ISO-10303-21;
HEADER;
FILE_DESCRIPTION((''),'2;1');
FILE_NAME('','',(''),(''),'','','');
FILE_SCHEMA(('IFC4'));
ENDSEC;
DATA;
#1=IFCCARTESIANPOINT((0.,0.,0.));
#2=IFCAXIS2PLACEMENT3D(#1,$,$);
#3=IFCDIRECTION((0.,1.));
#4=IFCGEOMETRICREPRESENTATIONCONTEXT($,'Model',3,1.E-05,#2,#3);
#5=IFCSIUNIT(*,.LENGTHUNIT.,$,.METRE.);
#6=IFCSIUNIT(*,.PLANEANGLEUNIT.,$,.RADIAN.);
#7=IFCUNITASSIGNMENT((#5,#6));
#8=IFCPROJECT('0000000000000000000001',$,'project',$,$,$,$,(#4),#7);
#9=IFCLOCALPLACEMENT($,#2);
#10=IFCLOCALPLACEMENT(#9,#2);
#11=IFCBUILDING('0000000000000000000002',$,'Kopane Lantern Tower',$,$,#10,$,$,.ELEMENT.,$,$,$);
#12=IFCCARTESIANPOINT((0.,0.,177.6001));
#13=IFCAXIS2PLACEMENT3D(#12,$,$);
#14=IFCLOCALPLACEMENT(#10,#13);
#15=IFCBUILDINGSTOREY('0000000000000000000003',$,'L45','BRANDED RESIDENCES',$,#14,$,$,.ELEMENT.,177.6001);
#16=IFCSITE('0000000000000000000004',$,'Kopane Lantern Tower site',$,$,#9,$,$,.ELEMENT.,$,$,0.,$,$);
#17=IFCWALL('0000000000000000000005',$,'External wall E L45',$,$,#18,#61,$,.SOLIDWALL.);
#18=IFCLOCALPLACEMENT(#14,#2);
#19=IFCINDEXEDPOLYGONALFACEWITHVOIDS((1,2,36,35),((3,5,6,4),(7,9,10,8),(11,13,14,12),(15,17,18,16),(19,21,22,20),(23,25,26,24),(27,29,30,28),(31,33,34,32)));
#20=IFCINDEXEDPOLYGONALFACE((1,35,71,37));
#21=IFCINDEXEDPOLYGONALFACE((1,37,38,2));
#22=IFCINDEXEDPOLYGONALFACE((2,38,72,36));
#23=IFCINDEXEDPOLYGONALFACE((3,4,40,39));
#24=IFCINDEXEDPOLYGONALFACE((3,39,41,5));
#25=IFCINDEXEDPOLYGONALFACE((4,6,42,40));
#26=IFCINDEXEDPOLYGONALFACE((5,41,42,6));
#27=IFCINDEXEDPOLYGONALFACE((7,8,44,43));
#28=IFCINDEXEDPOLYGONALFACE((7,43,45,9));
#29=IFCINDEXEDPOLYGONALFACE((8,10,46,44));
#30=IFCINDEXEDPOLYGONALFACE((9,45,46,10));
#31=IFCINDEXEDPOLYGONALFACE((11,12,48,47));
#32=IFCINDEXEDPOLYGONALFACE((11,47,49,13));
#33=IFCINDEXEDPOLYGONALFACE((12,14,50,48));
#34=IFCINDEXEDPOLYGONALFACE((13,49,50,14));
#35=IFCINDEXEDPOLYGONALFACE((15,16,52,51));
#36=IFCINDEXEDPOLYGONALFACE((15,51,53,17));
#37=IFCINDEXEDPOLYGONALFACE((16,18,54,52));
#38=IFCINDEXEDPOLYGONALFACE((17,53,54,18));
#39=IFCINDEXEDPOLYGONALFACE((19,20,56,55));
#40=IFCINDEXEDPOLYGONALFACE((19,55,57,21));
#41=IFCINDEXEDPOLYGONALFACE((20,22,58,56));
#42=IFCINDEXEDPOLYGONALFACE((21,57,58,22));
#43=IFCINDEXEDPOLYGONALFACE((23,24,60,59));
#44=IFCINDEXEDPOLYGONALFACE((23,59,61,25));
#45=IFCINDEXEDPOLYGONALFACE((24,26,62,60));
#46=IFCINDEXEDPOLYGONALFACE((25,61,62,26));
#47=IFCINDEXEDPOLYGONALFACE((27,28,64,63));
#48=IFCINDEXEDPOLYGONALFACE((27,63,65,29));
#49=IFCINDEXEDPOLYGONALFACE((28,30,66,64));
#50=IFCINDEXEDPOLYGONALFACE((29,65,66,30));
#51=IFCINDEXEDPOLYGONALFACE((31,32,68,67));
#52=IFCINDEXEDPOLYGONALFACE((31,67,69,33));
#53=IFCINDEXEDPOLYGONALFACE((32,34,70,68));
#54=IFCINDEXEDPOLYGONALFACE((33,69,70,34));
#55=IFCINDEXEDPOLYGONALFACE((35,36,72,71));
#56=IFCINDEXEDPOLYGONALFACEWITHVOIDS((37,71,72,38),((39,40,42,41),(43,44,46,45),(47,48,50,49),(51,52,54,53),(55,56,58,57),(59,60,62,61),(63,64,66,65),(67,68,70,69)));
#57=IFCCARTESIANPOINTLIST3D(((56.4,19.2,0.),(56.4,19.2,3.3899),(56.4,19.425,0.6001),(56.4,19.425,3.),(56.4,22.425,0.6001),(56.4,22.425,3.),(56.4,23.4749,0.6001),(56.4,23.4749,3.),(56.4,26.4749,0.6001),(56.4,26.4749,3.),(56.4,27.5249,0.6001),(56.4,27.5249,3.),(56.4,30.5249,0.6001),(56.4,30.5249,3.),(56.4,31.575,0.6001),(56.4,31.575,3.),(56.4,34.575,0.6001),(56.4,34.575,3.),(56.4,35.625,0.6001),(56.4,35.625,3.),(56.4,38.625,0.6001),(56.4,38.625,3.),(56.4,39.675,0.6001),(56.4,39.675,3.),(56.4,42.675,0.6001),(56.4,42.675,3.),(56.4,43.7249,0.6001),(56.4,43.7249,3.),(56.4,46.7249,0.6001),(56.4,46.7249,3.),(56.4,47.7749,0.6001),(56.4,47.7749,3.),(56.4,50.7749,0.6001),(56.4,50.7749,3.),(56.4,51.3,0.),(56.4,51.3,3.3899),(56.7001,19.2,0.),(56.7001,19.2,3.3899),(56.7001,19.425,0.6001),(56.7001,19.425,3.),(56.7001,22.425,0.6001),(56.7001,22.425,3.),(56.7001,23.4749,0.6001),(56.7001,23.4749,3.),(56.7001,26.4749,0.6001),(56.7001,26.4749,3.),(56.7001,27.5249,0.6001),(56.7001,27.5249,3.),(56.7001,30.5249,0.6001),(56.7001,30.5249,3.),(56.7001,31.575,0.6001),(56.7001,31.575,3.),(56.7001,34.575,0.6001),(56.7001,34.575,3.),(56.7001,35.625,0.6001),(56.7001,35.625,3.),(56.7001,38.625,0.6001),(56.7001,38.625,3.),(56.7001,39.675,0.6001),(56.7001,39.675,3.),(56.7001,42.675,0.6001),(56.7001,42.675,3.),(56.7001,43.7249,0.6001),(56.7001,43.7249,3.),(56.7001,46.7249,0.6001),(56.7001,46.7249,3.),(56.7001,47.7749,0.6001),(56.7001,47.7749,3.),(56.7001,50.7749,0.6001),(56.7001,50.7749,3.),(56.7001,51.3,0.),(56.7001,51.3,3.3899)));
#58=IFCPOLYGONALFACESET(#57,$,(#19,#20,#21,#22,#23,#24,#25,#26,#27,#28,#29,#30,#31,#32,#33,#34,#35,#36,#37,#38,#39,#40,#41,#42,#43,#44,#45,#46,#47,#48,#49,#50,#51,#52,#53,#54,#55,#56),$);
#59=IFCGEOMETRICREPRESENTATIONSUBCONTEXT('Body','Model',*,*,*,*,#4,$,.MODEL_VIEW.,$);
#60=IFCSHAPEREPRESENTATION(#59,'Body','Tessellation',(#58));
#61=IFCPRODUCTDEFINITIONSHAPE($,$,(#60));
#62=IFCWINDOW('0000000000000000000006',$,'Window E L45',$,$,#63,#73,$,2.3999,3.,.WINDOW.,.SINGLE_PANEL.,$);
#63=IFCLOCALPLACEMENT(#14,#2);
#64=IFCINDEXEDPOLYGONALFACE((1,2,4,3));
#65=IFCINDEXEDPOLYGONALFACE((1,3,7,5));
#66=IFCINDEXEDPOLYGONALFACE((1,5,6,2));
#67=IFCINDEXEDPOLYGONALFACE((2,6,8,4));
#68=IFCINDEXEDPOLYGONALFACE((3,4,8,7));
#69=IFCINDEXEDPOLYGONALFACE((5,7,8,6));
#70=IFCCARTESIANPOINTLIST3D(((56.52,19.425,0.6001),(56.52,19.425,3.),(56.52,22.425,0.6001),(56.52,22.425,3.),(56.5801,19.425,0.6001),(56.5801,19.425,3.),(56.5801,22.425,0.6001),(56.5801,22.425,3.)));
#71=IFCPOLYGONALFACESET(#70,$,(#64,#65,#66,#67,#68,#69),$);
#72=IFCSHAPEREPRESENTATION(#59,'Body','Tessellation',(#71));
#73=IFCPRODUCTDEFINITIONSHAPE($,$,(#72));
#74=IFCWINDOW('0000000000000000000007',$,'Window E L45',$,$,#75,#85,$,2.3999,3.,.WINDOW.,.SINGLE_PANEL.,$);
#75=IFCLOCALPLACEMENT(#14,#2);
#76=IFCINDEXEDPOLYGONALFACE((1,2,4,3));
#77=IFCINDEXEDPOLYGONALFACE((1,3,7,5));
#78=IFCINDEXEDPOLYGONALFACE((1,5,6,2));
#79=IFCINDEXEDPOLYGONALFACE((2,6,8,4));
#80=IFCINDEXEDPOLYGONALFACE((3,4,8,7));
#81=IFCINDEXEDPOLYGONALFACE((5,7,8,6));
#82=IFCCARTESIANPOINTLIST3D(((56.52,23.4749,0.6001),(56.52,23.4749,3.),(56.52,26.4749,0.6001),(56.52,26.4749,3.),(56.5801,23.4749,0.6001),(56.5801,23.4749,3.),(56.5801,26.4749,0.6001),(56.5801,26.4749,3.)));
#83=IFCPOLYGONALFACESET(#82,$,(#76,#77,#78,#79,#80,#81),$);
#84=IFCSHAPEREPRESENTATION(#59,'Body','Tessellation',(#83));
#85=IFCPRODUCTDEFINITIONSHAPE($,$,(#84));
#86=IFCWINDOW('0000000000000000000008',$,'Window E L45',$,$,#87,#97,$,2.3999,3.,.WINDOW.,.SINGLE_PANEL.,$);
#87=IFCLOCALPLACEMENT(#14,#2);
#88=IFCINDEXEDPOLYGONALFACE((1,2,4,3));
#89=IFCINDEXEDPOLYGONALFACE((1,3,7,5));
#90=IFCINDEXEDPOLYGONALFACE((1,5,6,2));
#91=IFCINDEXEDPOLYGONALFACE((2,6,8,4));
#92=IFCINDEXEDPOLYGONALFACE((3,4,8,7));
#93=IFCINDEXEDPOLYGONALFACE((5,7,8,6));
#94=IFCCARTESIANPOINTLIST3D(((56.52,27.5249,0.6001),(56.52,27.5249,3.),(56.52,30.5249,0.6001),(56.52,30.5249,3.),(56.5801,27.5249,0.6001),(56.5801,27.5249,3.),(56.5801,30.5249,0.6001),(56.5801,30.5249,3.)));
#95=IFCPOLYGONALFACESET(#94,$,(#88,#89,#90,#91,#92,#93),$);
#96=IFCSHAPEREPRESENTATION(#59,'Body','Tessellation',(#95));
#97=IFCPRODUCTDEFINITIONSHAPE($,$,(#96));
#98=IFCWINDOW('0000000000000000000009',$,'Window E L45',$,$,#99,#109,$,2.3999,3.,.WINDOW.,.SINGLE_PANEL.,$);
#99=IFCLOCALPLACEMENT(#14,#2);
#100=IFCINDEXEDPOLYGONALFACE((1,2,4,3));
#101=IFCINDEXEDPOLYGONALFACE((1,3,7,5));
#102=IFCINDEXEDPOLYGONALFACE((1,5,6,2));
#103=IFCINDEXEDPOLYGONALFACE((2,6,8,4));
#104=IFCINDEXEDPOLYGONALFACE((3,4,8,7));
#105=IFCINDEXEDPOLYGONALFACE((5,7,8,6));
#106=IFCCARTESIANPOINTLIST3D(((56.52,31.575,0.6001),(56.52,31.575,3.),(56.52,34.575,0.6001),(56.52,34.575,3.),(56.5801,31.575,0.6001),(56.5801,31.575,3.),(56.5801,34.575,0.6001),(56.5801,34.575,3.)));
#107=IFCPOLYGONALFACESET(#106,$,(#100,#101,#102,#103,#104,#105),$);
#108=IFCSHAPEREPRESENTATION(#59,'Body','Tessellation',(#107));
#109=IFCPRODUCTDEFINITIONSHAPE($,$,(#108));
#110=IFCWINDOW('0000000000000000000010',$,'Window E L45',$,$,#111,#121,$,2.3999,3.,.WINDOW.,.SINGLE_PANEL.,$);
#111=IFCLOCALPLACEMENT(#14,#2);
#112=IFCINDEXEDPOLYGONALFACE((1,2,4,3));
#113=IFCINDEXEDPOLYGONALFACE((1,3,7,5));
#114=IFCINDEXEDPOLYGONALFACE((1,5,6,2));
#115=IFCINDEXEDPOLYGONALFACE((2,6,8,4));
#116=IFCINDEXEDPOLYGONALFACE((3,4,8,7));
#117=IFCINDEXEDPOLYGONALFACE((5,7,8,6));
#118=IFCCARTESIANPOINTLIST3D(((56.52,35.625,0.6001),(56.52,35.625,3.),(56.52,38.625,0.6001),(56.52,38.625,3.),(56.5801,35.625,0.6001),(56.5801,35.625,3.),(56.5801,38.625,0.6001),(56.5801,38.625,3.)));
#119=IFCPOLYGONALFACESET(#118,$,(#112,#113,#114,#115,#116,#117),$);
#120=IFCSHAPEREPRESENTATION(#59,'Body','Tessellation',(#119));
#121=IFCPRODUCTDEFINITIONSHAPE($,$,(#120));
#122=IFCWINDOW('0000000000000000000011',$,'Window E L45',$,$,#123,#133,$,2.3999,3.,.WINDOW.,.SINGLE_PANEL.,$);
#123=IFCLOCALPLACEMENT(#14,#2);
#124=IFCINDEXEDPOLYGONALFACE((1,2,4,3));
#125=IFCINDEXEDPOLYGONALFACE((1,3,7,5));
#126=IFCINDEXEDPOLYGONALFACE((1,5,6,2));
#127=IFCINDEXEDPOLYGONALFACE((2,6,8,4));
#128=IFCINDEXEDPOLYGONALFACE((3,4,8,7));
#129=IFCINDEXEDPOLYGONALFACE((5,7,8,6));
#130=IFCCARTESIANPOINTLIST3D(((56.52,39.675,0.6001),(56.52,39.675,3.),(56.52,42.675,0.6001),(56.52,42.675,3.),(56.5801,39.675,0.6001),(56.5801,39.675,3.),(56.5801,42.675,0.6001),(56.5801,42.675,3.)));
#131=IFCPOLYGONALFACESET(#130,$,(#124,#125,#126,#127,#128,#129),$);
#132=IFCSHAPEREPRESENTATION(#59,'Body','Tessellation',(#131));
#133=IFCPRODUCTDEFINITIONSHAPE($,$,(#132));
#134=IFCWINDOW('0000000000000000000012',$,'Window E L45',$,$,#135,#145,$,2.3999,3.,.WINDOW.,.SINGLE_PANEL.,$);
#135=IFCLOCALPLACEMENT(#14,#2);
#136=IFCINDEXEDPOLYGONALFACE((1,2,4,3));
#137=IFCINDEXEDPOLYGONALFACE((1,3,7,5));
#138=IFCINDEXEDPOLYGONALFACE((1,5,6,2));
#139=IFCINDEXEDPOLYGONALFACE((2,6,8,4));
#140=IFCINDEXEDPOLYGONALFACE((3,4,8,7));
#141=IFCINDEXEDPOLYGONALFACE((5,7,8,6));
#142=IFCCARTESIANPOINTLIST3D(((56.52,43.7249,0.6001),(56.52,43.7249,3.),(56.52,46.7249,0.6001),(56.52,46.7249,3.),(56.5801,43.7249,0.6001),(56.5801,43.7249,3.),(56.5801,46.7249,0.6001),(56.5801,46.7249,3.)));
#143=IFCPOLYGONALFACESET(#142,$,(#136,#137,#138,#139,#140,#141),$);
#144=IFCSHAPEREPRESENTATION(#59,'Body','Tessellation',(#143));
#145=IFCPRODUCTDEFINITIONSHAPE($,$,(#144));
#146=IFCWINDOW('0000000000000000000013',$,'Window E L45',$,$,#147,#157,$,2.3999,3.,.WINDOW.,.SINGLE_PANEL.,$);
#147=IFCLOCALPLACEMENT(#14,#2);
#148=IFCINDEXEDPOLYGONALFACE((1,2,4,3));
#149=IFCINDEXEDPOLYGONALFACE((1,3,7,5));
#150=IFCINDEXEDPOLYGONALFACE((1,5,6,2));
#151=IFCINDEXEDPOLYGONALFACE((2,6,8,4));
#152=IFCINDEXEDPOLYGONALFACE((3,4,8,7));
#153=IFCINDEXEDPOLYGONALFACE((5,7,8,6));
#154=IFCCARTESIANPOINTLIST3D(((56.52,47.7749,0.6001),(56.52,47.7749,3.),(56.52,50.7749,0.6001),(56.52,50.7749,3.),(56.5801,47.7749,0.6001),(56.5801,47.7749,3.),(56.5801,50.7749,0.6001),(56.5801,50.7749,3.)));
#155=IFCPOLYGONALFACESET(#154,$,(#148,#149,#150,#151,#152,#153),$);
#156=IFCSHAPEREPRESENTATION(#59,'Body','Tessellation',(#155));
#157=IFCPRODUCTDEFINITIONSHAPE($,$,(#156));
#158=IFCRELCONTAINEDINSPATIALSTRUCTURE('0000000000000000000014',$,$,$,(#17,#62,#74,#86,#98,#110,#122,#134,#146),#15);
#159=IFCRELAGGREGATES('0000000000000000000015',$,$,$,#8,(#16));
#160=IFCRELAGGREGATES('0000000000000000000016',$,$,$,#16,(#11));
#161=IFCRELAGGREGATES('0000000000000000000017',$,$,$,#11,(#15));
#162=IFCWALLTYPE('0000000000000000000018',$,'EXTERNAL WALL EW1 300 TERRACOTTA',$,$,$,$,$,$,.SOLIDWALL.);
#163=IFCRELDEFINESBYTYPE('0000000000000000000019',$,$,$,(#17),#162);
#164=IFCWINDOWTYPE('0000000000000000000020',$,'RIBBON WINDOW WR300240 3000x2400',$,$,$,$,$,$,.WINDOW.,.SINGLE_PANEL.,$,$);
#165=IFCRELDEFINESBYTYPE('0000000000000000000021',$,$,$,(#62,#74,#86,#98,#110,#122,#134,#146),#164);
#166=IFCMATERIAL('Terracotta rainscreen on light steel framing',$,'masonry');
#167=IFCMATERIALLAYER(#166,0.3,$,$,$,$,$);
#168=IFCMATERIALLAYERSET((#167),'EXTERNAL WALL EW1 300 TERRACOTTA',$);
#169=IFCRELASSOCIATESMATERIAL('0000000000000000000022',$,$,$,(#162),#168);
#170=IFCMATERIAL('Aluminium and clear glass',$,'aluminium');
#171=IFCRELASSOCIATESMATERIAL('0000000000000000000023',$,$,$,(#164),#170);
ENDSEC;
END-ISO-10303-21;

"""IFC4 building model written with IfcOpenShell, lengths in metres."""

from ifc_helpers import new_model, si_unit, direction, frame, frame_2d, origin, place, context, subcontext, project, spatial, rectangle, extrude, material, layer, layer_set, type_object, element, fill, save


model = new_model("IFC4")

# Units and contexts
model_context = context("Model", 3, precision=1e-05, world=origin(), true_north=direction((0.0, 1.0)))
body_context = subcontext(model_context, "Body", "Model", "MODEL_VIEW")
ifc_project = project(units=[si_unit("LENGTHUNIT", "METRE"), si_unit("PLANEANGLEUNIT", "RADIAN")], contexts=[model_context])

# Site, building, storey
site_placement = place(None, origin())
site = spatial("IfcSite", under=ifc_project, at=site_placement, Name="Kopane Lantern Tower site", CompositionType="ELEMENT", RefElevation=0.0)
building_placement = place(site_placement, origin())
building = spatial("IfcBuilding", under=site, at=building_placement, Name="Kopane Lantern Tower", CompositionType="ELEMENT")
storey_placement = place(building_placement, frame((0.0, 0.0, 177.6001)))
storey = spatial("IfcBuildingStorey", under=building, at=storey_placement, Name="L45", Description="BRANDED RESIDENCES", CompositionType="ELEMENT", Elevation=177.6001)

# Shared definitions
ifc_material_1 = material(Name="Terracotta rainscreen on light steel framing", Category="masonry")
ifc_layer_1 = layer(ifc_material_1, 0.3)
ifc_layer_set_1 = layer_set([ifc_layer_1], Name="EXTERNAL WALL EW1 300 TERRACOTTA")
wall_type_1 = type_object("IfcWallType", Name="EXTERNAL WALL EW1 300 TERRACOTTA", PredefinedType="SOLIDWALL", material=ifc_layer_set_1)

# Wall, openings, windows
wall_1_placement = place(storey_placement, frame((56.55, 19.2, 0.0), z_axis=(0.0, 0.0, 1.0), x_axis=(0.0, 1.0, 0.0)))
wall_1 = element("IfcWall", 1, at=wall_1_placement, inside=storey, type_object=wall_type_1, Name="External wall E L45", PredefinedType="SOLIDWALL", context=body_context, shape_type="SweptSolid", body=[
    extrude(rectangle(XDim=32.1001, YDim=0.3, at=frame_2d((16.05, 0.0))), origin(), (0.0, 0.0, 1.0), 3.3899),
])
opening_1_placement = place(wall_1_placement, frame((0.2251, 0.0, 0.6001)))
opening_1 = element("IfcOpeningElement", 2, at=opening_1_placement, cuts=wall_1, PredefinedType="OPENING", context=body_context, shape_type="SweptSolid", body=[
    extrude(rectangle(XDim=3.0, YDim=2.3999, at=frame_2d((1.5, 1.2))), frame((0.0, 0.1599, 0.0), z_axis=(0.0, -1.0, 0.0), x_axis=(1.0, 0.0, 0.0)), (0.0, 0.0, 1.0), 0.3201),
])
opening_2_placement = place(wall_1_placement, frame((4.2749, 0.0, 0.6001)))
opening_2 = element("IfcOpeningElement", 3, at=opening_2_placement, cuts=wall_1, PredefinedType="OPENING", context=body_context, shape_type="SweptSolid", body=[
    extrude(rectangle(XDim=3.0, YDim=2.3999, at=frame_2d((1.5, 1.2))), frame((0.0, 0.1599, 0.0), z_axis=(0.0, -1.0, 0.0), x_axis=(1.0, 0.0, 0.0)), (0.0, 0.0, 1.0), 0.3201),
])
opening_3_placement = place(wall_1_placement, frame((8.325, 0.0, 0.6001)))
opening_3 = element("IfcOpeningElement", 4, at=opening_3_placement, cuts=wall_1, PredefinedType="OPENING", context=body_context, shape_type="SweptSolid", body=[
    extrude(rectangle(XDim=3.0, YDim=2.3999, at=frame_2d((1.5, 1.2))), frame((0.0, 0.1599, 0.0), z_axis=(0.0, -1.0, 0.0), x_axis=(1.0, 0.0, 0.0)), (0.0, 0.0, 1.0), 0.3201),
])
opening_4_placement = place(wall_1_placement, frame((12.375, 0.0, 0.6001)))
opening_4 = element("IfcOpeningElement", 5, at=opening_4_placement, cuts=wall_1, PredefinedType="OPENING", context=body_context, shape_type="SweptSolid", body=[
    extrude(rectangle(XDim=3.0, YDim=2.3999, at=frame_2d((1.5, 1.2))), frame((0.0, 0.1599, 0.0), z_axis=(0.0, -1.0, 0.0), x_axis=(1.0, 0.0, 0.0)), (0.0, 0.0, 1.0), 0.3201),
])
opening_5_placement = place(wall_1_placement, frame((16.425, 0.0, 0.6001)))
opening_5 = element("IfcOpeningElement", 6, at=opening_5_placement, cuts=wall_1, PredefinedType="OPENING", context=body_context, shape_type="SweptSolid", body=[
    extrude(rectangle(XDim=3.0, YDim=2.3999, at=frame_2d((1.5, 1.2))), frame((0.0, 0.1599, 0.0), z_axis=(0.0, -1.0, 0.0), x_axis=(1.0, 0.0, 0.0)), (0.0, 0.0, 1.0), 0.3201),
])
opening_6_placement = place(wall_1_placement, frame((20.4751, 0.0, 0.6001)))
opening_6 = element("IfcOpeningElement", 7, at=opening_6_placement, cuts=wall_1, PredefinedType="OPENING", context=body_context, shape_type="SweptSolid", body=[
    extrude(rectangle(XDim=3.0, YDim=2.3999, at=frame_2d((1.5, 1.2))), frame((0.0, 0.1599, 0.0), z_axis=(0.0, -1.0, 0.0), x_axis=(1.0, 0.0, 0.0)), (0.0, 0.0, 1.0), 0.3201),
])
opening_7_placement = place(wall_1_placement, frame((24.5249, 0.0, 0.6001)))
opening_7 = element("IfcOpeningElement", 8, at=opening_7_placement, cuts=wall_1, PredefinedType="OPENING", context=body_context, shape_type="SweptSolid", body=[
    extrude(rectangle(XDim=3.0, YDim=2.3999, at=frame_2d((1.5, 1.2))), frame((0.0, 0.1599, 0.0), z_axis=(0.0, -1.0, 0.0), x_axis=(1.0, 0.0, 0.0)), (0.0, 0.0, 1.0), 0.3201),
])
opening_8_placement = place(wall_1_placement, frame((28.575, 0.0, 0.6001)))
opening_8 = element("IfcOpeningElement", 9, at=opening_8_placement, cuts=wall_1, PredefinedType="OPENING", context=body_context, shape_type="SweptSolid", body=[
    extrude(rectangle(XDim=3.0, YDim=2.3999, at=frame_2d((1.5, 1.2))), frame((0.0, 0.1599, 0.0), z_axis=(0.0, -1.0, 0.0), x_axis=(1.0, 0.0, 0.0)), (0.0, 0.0, 1.0), 0.3201),
])
ifc_material_2 = material(Name="Aluminium and clear glass", Category="aluminium")
window_type_1 = type_object("IfcWindowType", Name="RIBBON WINDOW WR300240 3000x2400", PartitioningType="SINGLE_PANEL", PredefinedType="WINDOW", material=ifc_material_2)
window_1_placement = place(opening_1_placement, origin())
window_1 = element("IfcWindow", 10, at=window_1_placement, inside=storey, type_object=window_type_1, Name="Window E L45", OverallHeight=2.3999, OverallWidth=3.0, PartitioningType="SINGLE_PANEL", PredefinedType="WINDOW", context=body_context, shape_type="SweptSolid", body=[
    extrude(rectangle(XDim=3.0, YDim=2.3999, at=frame_2d((1.5, 1.2))), frame((0.0, 0.03, 0.0), z_axis=(0.0, -1.0, 0.0), x_axis=(1.0, 0.0, 0.0)), (0.0, 0.0, 1.0), 0.0601),
])
fill(opening_1, window_1)
window_2_placement = place(opening_2_placement, origin())
window_2 = element("IfcWindow", 11, at=window_2_placement, inside=storey, type_object=window_type_1, Name="Window E L45", OverallHeight=2.3999, OverallWidth=3.0, PartitioningType="SINGLE_PANEL", PredefinedType="WINDOW", context=body_context, shape_type="SweptSolid", body=[
    extrude(rectangle(XDim=3.0, YDim=2.3999, at=frame_2d((1.5, 1.2))), frame((0.0, 0.03, 0.0), z_axis=(0.0, -1.0, 0.0), x_axis=(1.0, 0.0, 0.0)), (0.0, 0.0, 1.0), 0.0601),
])
fill(opening_2, window_2)
window_3_placement = place(opening_3_placement, origin())
window_3 = element("IfcWindow", 12, at=window_3_placement, inside=storey, type_object=window_type_1, Name="Window E L45", OverallHeight=2.3999, OverallWidth=3.0, PartitioningType="SINGLE_PANEL", PredefinedType="WINDOW", context=body_context, shape_type="SweptSolid", body=[
    extrude(rectangle(XDim=3.0, YDim=2.3999, at=frame_2d((1.5, 1.2))), frame((0.0, 0.03, 0.0), z_axis=(0.0, -1.0, 0.0), x_axis=(1.0, 0.0, 0.0)), (0.0, 0.0, 1.0), 0.0601),
])
fill(opening_3, window_3)
window_4_placement = place(opening_4_placement, origin())
window_4 = element("IfcWindow", 13, at=window_4_placement, inside=storey, type_object=window_type_1, Name="Window E L45", OverallHeight=2.3999, OverallWidth=3.0, PartitioningType="SINGLE_PANEL", PredefinedType="WINDOW", context=body_context, shape_type="SweptSolid", body=[
    extrude(rectangle(XDim=3.0, YDim=2.3999, at=frame_2d((1.5, 1.2))), frame((0.0, 0.03, 0.0), z_axis=(0.0, -1.0, 0.0), x_axis=(1.0, 0.0, 0.0)), (0.0, 0.0, 1.0), 0.0601),
])
fill(opening_4, window_4)
window_5_placement = place(opening_5_placement, origin())
window_5 = element("IfcWindow", 14, at=window_5_placement, inside=storey, type_object=window_type_1, Name="Window E L45", OverallHeight=2.3999, OverallWidth=3.0, PartitioningType="SINGLE_PANEL", PredefinedType="WINDOW", context=body_context, shape_type="SweptSolid", body=[
    extrude(rectangle(XDim=3.0, YDim=2.3999, at=frame_2d((1.5, 1.2))), frame((0.0, 0.03, 0.0), z_axis=(0.0, -1.0, 0.0), x_axis=(1.0, 0.0, 0.0)), (0.0, 0.0, 1.0), 0.0601),
])
fill(opening_5, window_5)
window_6_placement = place(opening_6_placement, origin())
window_6 = element("IfcWindow", 15, at=window_6_placement, inside=storey, type_object=window_type_1, Name="Window E L45", OverallHeight=2.3999, OverallWidth=3.0, PartitioningType="SINGLE_PANEL", PredefinedType="WINDOW", context=body_context, shape_type="SweptSolid", body=[
    extrude(rectangle(XDim=3.0, YDim=2.3999, at=frame_2d((1.5, 1.2))), frame((0.0, 0.03, 0.0), z_axis=(0.0, -1.0, 0.0), x_axis=(1.0, 0.0, 0.0)), (0.0, 0.0, 1.0), 0.0601),
])
fill(opening_6, window_6)
window_7_placement = place(opening_7_placement, origin())
window_7 = element("IfcWindow", 16, at=window_7_placement, inside=storey, type_object=window_type_1, Name="Window E L45", OverallHeight=2.3999, OverallWidth=3.0, PartitioningType="SINGLE_PANEL", PredefinedType="WINDOW", context=body_context, shape_type="SweptSolid", body=[
    extrude(rectangle(XDim=3.0, YDim=2.3999, at=frame_2d((1.5, 1.2))), frame((0.0, 0.03, 0.0), z_axis=(0.0, -1.0, 0.0), x_axis=(1.0, 0.0, 0.0)), (0.0, 0.0, 1.0), 0.0601),
])
fill(opening_7, window_7)
window_8_placement = place(opening_8_placement, origin())
window_8 = element("IfcWindow", 17, at=window_8_placement, inside=storey, type_object=window_type_1, Name="Window E L45", OverallHeight=2.3999, OverallWidth=3.0, PartitioningType="SINGLE_PANEL", PredefinedType="WINDOW", context=body_context, shape_type="SweptSolid", body=[
    extrude(rectangle(XDim=3.0, YDim=2.3999, at=frame_2d((1.5, 1.2))), frame((0.0, 0.03, 0.0), z_axis=(0.0, -1.0, 0.0), x_axis=(1.0, 0.0, 0.0)), (0.0, 0.0, 1.0), 0.0601),
])
fill(opening_8, window_8)

save(model, "model.ifc")
